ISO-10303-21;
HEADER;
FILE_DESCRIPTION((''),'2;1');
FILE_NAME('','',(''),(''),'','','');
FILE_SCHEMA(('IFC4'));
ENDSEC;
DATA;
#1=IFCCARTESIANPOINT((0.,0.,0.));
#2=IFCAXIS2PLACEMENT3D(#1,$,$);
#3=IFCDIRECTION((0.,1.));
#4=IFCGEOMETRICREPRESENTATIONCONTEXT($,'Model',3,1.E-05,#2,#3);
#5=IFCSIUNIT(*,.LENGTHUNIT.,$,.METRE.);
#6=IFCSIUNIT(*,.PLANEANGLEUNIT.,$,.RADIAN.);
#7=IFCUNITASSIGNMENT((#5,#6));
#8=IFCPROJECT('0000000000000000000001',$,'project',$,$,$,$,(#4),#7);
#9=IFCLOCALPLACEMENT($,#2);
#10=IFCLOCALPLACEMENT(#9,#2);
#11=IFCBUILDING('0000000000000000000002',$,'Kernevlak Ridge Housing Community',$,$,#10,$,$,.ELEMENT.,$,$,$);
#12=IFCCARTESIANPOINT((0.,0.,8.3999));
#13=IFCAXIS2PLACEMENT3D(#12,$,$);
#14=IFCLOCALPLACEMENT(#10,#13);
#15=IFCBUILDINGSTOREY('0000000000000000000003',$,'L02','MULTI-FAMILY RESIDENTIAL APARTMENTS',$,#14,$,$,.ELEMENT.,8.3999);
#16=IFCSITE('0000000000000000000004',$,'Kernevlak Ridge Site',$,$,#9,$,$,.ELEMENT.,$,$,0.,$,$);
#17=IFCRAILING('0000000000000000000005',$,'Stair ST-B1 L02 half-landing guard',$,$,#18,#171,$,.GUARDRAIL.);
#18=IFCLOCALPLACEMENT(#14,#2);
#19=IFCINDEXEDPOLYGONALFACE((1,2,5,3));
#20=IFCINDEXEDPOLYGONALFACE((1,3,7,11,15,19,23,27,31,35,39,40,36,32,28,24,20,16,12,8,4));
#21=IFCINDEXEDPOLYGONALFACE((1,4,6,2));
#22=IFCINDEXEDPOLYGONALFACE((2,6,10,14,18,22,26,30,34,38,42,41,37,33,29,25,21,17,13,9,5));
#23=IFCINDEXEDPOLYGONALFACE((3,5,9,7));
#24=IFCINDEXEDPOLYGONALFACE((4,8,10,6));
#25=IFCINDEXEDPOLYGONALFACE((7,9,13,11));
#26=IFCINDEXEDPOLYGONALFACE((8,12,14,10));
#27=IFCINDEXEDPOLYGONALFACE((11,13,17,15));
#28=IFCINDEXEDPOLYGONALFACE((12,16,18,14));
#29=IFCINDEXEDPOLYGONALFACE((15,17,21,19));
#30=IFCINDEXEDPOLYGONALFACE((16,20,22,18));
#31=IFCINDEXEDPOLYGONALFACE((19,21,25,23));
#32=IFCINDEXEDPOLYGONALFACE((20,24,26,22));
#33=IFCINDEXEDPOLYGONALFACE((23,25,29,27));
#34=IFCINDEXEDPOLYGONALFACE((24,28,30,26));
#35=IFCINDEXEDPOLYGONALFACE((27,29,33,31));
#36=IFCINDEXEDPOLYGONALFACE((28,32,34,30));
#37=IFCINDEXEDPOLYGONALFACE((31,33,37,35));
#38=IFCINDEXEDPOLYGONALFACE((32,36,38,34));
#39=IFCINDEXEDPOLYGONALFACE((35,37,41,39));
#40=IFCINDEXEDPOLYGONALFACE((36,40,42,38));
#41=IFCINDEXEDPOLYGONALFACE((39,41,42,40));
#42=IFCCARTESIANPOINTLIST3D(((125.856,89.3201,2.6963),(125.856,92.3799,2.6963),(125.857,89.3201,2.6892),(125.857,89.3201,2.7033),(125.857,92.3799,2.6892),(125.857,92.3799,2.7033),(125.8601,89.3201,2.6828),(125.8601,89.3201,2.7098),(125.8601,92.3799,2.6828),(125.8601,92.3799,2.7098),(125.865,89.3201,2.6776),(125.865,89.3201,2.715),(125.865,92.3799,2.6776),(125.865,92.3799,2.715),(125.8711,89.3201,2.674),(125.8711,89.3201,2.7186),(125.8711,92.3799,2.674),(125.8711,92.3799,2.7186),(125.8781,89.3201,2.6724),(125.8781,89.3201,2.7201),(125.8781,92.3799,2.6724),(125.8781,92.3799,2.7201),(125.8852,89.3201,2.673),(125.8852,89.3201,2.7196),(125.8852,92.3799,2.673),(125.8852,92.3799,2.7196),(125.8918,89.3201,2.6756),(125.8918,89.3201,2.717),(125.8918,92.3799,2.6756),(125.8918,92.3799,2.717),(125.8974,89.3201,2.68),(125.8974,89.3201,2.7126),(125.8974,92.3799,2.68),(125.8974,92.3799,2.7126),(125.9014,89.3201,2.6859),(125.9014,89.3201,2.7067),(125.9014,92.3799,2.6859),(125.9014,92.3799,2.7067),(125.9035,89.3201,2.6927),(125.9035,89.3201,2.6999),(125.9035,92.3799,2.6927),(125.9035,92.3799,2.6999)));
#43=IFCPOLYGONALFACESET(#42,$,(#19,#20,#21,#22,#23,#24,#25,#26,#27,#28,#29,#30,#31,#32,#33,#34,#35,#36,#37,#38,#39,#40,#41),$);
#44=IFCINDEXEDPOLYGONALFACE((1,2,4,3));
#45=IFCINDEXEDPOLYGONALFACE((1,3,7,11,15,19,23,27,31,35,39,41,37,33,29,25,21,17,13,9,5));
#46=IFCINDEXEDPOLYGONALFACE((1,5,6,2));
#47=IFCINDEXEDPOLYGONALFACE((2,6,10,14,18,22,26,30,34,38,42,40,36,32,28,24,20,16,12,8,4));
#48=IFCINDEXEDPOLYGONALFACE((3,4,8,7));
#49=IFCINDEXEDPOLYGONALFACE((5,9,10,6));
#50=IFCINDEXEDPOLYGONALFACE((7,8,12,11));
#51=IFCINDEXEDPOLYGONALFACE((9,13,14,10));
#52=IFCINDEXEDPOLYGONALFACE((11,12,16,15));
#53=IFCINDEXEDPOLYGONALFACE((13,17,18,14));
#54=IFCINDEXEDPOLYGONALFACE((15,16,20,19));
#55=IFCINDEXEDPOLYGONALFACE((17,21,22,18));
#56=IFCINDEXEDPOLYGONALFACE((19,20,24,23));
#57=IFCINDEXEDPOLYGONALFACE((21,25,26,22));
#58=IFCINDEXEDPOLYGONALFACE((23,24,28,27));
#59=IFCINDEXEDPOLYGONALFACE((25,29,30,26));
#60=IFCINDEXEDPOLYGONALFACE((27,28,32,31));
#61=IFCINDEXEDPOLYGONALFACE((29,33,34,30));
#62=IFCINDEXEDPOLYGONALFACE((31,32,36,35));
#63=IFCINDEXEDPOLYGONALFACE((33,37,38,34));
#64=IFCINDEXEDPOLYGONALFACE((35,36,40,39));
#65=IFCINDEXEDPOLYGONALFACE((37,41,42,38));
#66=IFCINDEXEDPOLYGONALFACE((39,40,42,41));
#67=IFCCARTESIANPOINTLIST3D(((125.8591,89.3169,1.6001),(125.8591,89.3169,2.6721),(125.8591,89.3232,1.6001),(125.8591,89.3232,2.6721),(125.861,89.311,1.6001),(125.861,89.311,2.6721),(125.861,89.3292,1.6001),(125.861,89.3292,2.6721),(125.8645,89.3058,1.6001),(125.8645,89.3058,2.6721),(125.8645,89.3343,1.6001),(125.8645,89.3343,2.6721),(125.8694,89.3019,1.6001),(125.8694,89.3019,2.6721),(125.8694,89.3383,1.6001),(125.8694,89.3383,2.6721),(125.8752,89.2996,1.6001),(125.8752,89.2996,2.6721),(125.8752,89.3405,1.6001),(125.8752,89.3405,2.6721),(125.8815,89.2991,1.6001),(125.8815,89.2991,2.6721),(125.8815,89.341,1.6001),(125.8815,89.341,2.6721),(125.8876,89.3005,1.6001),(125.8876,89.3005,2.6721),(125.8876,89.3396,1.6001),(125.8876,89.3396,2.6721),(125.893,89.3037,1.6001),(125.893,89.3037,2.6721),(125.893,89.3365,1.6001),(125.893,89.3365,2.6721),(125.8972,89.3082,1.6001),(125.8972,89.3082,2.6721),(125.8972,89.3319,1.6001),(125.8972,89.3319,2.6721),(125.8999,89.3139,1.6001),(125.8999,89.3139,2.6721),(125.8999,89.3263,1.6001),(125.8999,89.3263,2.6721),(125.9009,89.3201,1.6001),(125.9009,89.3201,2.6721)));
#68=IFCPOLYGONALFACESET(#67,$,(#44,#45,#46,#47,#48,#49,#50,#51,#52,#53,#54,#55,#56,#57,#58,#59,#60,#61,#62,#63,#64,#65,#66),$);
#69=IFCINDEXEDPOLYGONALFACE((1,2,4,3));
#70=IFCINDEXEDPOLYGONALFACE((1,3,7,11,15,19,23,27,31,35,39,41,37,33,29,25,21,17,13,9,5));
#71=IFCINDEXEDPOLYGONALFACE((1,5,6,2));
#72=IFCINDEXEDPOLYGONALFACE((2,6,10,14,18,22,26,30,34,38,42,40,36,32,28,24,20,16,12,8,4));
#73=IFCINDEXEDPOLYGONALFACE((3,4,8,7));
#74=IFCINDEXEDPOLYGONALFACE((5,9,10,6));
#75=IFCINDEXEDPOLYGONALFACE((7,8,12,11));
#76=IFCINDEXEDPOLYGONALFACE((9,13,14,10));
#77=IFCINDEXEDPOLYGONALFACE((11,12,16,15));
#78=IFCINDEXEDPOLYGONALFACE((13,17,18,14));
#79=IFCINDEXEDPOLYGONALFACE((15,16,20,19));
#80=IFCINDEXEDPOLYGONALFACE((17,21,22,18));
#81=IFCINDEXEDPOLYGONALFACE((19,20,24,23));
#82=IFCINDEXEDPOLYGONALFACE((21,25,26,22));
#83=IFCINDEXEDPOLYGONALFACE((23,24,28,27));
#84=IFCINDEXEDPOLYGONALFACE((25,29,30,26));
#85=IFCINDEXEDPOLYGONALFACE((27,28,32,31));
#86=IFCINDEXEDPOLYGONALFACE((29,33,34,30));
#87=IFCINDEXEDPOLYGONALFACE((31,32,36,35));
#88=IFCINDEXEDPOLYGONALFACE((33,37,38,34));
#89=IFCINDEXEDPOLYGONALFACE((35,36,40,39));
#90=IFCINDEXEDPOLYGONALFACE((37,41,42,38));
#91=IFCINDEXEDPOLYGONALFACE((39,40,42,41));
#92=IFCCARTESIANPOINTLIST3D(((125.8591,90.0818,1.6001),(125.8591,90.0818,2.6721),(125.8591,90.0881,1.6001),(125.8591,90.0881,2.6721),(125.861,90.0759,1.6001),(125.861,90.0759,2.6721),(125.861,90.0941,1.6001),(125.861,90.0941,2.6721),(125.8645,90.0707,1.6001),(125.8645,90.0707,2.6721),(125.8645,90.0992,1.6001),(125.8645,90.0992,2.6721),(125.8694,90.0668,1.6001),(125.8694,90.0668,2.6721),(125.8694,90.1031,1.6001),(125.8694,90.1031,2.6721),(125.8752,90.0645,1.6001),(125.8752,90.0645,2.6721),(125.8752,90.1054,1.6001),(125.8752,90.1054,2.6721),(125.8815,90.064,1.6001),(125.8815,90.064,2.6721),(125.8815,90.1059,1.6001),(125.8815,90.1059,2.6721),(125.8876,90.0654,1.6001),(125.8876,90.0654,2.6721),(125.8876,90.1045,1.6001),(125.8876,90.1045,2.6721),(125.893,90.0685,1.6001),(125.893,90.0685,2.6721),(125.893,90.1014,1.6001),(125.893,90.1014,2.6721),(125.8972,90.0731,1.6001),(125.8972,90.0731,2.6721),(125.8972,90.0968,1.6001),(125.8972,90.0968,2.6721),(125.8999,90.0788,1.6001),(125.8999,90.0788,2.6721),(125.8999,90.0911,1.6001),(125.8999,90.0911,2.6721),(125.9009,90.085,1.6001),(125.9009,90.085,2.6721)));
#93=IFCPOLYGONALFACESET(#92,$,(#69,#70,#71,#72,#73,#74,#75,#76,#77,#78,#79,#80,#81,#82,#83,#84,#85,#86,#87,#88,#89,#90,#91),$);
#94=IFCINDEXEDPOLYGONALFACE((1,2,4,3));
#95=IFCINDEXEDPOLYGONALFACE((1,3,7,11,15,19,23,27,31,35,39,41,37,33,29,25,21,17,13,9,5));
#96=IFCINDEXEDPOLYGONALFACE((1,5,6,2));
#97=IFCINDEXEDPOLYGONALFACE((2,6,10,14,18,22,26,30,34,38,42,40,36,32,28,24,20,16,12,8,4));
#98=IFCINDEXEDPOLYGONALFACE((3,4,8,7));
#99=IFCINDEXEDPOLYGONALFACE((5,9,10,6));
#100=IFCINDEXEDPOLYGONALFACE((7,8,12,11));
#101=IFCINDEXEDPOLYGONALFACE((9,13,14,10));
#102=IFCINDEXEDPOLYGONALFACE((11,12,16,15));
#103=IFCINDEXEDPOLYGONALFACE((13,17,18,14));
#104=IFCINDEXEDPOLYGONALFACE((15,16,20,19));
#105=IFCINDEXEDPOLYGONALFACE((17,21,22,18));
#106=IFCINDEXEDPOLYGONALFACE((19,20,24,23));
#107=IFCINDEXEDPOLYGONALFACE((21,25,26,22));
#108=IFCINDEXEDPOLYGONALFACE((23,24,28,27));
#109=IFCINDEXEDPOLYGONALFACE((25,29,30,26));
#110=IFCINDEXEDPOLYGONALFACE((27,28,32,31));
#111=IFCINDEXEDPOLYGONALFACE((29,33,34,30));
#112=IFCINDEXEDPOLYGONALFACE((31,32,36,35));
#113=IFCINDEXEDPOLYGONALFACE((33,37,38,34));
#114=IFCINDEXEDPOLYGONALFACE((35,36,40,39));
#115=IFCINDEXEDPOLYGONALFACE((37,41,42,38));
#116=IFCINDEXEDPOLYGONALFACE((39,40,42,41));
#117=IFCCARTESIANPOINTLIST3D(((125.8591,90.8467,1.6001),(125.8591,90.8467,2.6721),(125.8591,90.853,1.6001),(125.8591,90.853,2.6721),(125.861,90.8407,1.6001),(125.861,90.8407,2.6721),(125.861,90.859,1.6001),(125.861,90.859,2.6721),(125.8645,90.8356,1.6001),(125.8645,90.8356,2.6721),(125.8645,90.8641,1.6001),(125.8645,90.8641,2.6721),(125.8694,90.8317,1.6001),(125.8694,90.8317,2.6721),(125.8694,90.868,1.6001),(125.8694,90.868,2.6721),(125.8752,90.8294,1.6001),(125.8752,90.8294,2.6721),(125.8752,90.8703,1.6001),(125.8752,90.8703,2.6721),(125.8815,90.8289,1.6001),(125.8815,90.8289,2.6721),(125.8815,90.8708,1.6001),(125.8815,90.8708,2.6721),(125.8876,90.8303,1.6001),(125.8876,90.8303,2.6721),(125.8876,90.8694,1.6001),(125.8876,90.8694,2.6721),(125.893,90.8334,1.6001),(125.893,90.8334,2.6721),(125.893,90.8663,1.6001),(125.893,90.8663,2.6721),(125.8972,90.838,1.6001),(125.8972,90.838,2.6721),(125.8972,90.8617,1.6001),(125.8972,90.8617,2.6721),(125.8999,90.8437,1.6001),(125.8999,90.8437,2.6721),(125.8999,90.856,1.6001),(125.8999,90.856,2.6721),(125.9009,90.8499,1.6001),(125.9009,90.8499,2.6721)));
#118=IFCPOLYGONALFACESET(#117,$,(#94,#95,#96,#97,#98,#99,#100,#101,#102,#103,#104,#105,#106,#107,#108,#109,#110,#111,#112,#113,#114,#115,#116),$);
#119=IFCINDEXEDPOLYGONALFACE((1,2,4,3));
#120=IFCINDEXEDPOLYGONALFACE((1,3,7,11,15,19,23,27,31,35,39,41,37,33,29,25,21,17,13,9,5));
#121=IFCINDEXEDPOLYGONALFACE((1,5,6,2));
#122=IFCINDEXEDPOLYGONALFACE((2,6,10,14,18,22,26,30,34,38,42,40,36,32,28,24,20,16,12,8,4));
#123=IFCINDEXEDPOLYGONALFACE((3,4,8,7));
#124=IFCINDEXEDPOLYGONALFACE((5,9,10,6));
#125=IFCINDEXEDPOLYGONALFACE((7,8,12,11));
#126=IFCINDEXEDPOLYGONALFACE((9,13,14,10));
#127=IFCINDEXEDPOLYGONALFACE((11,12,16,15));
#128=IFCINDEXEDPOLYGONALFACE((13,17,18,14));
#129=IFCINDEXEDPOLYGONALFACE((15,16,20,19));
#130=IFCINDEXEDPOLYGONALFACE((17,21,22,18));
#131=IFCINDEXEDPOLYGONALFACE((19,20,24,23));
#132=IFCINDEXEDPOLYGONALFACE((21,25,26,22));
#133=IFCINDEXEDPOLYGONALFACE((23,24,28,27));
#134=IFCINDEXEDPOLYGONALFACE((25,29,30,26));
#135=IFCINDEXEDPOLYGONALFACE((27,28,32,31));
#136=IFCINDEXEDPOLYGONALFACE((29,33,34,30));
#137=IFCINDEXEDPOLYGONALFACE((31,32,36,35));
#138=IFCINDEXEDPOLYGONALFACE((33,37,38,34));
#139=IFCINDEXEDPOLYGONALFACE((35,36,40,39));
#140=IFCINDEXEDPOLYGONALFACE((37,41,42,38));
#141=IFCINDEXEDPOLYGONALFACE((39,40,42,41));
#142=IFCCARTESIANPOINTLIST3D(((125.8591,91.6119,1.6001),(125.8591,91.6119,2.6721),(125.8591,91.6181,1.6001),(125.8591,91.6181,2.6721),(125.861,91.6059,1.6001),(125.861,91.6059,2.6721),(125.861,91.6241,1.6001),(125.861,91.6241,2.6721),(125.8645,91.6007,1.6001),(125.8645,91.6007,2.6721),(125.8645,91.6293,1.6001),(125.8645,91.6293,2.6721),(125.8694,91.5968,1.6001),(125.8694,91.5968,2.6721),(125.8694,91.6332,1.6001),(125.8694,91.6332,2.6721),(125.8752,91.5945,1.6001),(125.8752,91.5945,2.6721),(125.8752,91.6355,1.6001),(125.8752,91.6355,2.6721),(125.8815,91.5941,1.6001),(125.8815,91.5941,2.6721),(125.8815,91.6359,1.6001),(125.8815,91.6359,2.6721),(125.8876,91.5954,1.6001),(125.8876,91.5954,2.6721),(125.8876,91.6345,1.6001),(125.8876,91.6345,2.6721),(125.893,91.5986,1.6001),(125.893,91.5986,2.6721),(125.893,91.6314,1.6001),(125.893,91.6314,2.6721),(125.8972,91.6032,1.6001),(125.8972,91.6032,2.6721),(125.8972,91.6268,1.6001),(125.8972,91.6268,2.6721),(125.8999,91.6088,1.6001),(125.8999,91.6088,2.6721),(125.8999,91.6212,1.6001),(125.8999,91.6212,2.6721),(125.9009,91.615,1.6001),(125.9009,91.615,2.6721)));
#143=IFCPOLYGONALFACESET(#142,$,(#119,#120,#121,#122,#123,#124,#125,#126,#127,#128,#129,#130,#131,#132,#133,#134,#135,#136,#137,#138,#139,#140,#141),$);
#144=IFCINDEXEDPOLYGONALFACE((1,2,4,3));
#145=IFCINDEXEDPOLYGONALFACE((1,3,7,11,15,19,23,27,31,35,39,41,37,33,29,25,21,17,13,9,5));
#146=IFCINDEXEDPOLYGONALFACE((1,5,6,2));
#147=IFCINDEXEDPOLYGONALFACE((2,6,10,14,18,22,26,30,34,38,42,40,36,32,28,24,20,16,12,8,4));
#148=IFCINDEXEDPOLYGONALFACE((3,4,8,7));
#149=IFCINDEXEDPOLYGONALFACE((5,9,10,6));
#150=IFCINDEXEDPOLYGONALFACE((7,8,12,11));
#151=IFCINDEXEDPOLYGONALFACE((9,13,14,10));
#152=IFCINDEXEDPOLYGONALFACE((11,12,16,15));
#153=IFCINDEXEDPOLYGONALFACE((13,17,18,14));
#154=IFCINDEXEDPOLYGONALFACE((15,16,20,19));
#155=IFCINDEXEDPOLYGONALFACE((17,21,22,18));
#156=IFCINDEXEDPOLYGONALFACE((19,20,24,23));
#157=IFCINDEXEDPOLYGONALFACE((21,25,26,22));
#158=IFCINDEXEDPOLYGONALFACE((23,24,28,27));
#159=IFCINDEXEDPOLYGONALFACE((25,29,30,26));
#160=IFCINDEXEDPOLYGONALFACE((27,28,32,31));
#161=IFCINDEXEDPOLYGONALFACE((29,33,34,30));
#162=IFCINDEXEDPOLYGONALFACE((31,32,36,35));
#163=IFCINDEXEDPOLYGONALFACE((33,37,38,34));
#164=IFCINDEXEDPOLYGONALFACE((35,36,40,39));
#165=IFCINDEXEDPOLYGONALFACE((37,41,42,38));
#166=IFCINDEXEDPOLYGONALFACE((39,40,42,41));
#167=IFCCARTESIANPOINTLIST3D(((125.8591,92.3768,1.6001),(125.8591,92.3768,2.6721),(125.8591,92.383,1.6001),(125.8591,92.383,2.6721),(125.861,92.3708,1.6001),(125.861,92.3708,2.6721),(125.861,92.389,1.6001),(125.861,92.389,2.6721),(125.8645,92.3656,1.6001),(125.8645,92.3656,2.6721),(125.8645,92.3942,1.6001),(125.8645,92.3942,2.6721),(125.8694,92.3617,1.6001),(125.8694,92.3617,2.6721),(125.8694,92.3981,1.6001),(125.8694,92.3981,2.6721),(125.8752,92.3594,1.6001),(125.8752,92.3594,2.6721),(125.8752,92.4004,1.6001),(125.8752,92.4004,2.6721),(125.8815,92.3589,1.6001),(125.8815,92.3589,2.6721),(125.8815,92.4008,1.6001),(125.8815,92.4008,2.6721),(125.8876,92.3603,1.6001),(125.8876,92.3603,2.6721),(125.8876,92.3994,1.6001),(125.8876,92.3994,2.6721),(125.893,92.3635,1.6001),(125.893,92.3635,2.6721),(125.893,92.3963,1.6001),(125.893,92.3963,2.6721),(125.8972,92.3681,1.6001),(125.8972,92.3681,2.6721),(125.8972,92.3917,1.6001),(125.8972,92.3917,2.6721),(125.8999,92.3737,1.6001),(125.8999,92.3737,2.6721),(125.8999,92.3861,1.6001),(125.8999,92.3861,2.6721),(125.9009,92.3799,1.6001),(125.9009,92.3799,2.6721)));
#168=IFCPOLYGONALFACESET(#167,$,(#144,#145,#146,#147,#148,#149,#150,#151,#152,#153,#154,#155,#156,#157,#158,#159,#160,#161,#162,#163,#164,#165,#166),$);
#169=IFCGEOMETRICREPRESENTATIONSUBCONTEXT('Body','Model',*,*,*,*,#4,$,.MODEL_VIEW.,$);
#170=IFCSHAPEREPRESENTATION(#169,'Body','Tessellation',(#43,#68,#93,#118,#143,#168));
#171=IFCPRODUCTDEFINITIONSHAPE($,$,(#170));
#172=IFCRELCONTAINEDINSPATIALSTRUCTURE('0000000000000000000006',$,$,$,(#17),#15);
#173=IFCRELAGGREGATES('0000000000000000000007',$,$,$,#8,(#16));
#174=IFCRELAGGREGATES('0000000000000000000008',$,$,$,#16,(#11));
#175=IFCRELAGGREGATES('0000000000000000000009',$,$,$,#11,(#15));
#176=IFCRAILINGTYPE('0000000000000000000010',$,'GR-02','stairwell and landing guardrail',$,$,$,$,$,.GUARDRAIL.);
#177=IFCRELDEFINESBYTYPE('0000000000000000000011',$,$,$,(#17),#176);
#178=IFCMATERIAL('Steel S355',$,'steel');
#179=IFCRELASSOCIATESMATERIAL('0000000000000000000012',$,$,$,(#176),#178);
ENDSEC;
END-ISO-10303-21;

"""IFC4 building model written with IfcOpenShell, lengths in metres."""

from ifc_helpers import new_model, si_unit, direction, frame, origin, origin_2d, place, context, subcontext, project, spatial, circle, extrude, material, type_object, element, save


model = new_model("IFC4")

# Units and contexts
model_context = context("Model", 3, precision=1e-05, world=origin(), true_north=direction((0.0, 1.0)))
body_context = subcontext(model_context, "Body", "Model", "MODEL_VIEW")
ifc_project = project(units=[si_unit("LENGTHUNIT", "METRE"), si_unit("PLANEANGLEUNIT", "RADIAN")], contexts=[model_context])

# Site, building, storey
site_placement = place(None, origin())
site = spatial("IfcSite", under=ifc_project, at=site_placement, Name="Kernevlak Ridge Site", CompositionType="ELEMENT", RefElevation=0.0)
building_placement = place(site_placement, origin())
building = spatial("IfcBuilding", under=site, at=building_placement, Name="Kernevlak Ridge Housing Community", CompositionType="ELEMENT")
storey_placement = place(building_placement, frame((0.0, 0.0, 8.3999)))
storey = spatial("IfcBuildingStorey", under=building, at=storey_placement, Name="L02", Description="MULTI-FAMILY RESIDENTIAL APARTMENTS", CompositionType="ELEMENT", Elevation=8.3999)

# Railing
ifc_material_1 = material(Name="Steel S355", Category="steel")
railing_type_1 = type_object("IfcRailingType", Name="GR-02", Description="stairwell and landing guardrail", PredefinedType="GUARDRAIL", material=ifc_material_1)
railing_1_placement = place(storey_placement, frame((125.8799, 89.3201, 1.6001)))
element("IfcRailing", 1, at=railing_1_placement, inside=storey, type_object=railing_type_1, Name="Stair ST-B1 L02 half-landing guard", PredefinedType="GUARDRAIL", context=body_context, shape_type="SweptSolid", body=[
    extrude(circle(Radius=0.0239, at=origin_2d()), frame((0.0, 0.0, 1.0962), z_axis=(0.0, 1.0, 0.0), x_axis=(-1.0, 0.0, 0.0)), (0.0, 0.0, 1.0), 3.0598),
    extrude(circle(Radius=0.021, at=origin_2d()), origin(), (0.0, 0.0, 1.0), 1.072),
    extrude(circle(Radius=0.021, at=origin_2d()), frame((0.0, 0.7649, 0.0)), (0.0, 0.0, 1.0), 1.072),
    extrude(circle(Radius=0.021, at=origin_2d()), frame((0.0, 1.5298, 0.0)), (0.0, 0.0, 1.0), 1.072),
    extrude(circle(Radius=0.021, at=origin_2d()), frame((0.0, 2.2949, 0.0)), (0.0, 0.0, 1.0), 1.072),
    extrude(circle(Radius=0.021, at=origin_2d()), frame((0.0, 3.0598, 0.0)), (0.0, 0.0, 1.0), 1.072),
])

save(model, "model.ifc")
